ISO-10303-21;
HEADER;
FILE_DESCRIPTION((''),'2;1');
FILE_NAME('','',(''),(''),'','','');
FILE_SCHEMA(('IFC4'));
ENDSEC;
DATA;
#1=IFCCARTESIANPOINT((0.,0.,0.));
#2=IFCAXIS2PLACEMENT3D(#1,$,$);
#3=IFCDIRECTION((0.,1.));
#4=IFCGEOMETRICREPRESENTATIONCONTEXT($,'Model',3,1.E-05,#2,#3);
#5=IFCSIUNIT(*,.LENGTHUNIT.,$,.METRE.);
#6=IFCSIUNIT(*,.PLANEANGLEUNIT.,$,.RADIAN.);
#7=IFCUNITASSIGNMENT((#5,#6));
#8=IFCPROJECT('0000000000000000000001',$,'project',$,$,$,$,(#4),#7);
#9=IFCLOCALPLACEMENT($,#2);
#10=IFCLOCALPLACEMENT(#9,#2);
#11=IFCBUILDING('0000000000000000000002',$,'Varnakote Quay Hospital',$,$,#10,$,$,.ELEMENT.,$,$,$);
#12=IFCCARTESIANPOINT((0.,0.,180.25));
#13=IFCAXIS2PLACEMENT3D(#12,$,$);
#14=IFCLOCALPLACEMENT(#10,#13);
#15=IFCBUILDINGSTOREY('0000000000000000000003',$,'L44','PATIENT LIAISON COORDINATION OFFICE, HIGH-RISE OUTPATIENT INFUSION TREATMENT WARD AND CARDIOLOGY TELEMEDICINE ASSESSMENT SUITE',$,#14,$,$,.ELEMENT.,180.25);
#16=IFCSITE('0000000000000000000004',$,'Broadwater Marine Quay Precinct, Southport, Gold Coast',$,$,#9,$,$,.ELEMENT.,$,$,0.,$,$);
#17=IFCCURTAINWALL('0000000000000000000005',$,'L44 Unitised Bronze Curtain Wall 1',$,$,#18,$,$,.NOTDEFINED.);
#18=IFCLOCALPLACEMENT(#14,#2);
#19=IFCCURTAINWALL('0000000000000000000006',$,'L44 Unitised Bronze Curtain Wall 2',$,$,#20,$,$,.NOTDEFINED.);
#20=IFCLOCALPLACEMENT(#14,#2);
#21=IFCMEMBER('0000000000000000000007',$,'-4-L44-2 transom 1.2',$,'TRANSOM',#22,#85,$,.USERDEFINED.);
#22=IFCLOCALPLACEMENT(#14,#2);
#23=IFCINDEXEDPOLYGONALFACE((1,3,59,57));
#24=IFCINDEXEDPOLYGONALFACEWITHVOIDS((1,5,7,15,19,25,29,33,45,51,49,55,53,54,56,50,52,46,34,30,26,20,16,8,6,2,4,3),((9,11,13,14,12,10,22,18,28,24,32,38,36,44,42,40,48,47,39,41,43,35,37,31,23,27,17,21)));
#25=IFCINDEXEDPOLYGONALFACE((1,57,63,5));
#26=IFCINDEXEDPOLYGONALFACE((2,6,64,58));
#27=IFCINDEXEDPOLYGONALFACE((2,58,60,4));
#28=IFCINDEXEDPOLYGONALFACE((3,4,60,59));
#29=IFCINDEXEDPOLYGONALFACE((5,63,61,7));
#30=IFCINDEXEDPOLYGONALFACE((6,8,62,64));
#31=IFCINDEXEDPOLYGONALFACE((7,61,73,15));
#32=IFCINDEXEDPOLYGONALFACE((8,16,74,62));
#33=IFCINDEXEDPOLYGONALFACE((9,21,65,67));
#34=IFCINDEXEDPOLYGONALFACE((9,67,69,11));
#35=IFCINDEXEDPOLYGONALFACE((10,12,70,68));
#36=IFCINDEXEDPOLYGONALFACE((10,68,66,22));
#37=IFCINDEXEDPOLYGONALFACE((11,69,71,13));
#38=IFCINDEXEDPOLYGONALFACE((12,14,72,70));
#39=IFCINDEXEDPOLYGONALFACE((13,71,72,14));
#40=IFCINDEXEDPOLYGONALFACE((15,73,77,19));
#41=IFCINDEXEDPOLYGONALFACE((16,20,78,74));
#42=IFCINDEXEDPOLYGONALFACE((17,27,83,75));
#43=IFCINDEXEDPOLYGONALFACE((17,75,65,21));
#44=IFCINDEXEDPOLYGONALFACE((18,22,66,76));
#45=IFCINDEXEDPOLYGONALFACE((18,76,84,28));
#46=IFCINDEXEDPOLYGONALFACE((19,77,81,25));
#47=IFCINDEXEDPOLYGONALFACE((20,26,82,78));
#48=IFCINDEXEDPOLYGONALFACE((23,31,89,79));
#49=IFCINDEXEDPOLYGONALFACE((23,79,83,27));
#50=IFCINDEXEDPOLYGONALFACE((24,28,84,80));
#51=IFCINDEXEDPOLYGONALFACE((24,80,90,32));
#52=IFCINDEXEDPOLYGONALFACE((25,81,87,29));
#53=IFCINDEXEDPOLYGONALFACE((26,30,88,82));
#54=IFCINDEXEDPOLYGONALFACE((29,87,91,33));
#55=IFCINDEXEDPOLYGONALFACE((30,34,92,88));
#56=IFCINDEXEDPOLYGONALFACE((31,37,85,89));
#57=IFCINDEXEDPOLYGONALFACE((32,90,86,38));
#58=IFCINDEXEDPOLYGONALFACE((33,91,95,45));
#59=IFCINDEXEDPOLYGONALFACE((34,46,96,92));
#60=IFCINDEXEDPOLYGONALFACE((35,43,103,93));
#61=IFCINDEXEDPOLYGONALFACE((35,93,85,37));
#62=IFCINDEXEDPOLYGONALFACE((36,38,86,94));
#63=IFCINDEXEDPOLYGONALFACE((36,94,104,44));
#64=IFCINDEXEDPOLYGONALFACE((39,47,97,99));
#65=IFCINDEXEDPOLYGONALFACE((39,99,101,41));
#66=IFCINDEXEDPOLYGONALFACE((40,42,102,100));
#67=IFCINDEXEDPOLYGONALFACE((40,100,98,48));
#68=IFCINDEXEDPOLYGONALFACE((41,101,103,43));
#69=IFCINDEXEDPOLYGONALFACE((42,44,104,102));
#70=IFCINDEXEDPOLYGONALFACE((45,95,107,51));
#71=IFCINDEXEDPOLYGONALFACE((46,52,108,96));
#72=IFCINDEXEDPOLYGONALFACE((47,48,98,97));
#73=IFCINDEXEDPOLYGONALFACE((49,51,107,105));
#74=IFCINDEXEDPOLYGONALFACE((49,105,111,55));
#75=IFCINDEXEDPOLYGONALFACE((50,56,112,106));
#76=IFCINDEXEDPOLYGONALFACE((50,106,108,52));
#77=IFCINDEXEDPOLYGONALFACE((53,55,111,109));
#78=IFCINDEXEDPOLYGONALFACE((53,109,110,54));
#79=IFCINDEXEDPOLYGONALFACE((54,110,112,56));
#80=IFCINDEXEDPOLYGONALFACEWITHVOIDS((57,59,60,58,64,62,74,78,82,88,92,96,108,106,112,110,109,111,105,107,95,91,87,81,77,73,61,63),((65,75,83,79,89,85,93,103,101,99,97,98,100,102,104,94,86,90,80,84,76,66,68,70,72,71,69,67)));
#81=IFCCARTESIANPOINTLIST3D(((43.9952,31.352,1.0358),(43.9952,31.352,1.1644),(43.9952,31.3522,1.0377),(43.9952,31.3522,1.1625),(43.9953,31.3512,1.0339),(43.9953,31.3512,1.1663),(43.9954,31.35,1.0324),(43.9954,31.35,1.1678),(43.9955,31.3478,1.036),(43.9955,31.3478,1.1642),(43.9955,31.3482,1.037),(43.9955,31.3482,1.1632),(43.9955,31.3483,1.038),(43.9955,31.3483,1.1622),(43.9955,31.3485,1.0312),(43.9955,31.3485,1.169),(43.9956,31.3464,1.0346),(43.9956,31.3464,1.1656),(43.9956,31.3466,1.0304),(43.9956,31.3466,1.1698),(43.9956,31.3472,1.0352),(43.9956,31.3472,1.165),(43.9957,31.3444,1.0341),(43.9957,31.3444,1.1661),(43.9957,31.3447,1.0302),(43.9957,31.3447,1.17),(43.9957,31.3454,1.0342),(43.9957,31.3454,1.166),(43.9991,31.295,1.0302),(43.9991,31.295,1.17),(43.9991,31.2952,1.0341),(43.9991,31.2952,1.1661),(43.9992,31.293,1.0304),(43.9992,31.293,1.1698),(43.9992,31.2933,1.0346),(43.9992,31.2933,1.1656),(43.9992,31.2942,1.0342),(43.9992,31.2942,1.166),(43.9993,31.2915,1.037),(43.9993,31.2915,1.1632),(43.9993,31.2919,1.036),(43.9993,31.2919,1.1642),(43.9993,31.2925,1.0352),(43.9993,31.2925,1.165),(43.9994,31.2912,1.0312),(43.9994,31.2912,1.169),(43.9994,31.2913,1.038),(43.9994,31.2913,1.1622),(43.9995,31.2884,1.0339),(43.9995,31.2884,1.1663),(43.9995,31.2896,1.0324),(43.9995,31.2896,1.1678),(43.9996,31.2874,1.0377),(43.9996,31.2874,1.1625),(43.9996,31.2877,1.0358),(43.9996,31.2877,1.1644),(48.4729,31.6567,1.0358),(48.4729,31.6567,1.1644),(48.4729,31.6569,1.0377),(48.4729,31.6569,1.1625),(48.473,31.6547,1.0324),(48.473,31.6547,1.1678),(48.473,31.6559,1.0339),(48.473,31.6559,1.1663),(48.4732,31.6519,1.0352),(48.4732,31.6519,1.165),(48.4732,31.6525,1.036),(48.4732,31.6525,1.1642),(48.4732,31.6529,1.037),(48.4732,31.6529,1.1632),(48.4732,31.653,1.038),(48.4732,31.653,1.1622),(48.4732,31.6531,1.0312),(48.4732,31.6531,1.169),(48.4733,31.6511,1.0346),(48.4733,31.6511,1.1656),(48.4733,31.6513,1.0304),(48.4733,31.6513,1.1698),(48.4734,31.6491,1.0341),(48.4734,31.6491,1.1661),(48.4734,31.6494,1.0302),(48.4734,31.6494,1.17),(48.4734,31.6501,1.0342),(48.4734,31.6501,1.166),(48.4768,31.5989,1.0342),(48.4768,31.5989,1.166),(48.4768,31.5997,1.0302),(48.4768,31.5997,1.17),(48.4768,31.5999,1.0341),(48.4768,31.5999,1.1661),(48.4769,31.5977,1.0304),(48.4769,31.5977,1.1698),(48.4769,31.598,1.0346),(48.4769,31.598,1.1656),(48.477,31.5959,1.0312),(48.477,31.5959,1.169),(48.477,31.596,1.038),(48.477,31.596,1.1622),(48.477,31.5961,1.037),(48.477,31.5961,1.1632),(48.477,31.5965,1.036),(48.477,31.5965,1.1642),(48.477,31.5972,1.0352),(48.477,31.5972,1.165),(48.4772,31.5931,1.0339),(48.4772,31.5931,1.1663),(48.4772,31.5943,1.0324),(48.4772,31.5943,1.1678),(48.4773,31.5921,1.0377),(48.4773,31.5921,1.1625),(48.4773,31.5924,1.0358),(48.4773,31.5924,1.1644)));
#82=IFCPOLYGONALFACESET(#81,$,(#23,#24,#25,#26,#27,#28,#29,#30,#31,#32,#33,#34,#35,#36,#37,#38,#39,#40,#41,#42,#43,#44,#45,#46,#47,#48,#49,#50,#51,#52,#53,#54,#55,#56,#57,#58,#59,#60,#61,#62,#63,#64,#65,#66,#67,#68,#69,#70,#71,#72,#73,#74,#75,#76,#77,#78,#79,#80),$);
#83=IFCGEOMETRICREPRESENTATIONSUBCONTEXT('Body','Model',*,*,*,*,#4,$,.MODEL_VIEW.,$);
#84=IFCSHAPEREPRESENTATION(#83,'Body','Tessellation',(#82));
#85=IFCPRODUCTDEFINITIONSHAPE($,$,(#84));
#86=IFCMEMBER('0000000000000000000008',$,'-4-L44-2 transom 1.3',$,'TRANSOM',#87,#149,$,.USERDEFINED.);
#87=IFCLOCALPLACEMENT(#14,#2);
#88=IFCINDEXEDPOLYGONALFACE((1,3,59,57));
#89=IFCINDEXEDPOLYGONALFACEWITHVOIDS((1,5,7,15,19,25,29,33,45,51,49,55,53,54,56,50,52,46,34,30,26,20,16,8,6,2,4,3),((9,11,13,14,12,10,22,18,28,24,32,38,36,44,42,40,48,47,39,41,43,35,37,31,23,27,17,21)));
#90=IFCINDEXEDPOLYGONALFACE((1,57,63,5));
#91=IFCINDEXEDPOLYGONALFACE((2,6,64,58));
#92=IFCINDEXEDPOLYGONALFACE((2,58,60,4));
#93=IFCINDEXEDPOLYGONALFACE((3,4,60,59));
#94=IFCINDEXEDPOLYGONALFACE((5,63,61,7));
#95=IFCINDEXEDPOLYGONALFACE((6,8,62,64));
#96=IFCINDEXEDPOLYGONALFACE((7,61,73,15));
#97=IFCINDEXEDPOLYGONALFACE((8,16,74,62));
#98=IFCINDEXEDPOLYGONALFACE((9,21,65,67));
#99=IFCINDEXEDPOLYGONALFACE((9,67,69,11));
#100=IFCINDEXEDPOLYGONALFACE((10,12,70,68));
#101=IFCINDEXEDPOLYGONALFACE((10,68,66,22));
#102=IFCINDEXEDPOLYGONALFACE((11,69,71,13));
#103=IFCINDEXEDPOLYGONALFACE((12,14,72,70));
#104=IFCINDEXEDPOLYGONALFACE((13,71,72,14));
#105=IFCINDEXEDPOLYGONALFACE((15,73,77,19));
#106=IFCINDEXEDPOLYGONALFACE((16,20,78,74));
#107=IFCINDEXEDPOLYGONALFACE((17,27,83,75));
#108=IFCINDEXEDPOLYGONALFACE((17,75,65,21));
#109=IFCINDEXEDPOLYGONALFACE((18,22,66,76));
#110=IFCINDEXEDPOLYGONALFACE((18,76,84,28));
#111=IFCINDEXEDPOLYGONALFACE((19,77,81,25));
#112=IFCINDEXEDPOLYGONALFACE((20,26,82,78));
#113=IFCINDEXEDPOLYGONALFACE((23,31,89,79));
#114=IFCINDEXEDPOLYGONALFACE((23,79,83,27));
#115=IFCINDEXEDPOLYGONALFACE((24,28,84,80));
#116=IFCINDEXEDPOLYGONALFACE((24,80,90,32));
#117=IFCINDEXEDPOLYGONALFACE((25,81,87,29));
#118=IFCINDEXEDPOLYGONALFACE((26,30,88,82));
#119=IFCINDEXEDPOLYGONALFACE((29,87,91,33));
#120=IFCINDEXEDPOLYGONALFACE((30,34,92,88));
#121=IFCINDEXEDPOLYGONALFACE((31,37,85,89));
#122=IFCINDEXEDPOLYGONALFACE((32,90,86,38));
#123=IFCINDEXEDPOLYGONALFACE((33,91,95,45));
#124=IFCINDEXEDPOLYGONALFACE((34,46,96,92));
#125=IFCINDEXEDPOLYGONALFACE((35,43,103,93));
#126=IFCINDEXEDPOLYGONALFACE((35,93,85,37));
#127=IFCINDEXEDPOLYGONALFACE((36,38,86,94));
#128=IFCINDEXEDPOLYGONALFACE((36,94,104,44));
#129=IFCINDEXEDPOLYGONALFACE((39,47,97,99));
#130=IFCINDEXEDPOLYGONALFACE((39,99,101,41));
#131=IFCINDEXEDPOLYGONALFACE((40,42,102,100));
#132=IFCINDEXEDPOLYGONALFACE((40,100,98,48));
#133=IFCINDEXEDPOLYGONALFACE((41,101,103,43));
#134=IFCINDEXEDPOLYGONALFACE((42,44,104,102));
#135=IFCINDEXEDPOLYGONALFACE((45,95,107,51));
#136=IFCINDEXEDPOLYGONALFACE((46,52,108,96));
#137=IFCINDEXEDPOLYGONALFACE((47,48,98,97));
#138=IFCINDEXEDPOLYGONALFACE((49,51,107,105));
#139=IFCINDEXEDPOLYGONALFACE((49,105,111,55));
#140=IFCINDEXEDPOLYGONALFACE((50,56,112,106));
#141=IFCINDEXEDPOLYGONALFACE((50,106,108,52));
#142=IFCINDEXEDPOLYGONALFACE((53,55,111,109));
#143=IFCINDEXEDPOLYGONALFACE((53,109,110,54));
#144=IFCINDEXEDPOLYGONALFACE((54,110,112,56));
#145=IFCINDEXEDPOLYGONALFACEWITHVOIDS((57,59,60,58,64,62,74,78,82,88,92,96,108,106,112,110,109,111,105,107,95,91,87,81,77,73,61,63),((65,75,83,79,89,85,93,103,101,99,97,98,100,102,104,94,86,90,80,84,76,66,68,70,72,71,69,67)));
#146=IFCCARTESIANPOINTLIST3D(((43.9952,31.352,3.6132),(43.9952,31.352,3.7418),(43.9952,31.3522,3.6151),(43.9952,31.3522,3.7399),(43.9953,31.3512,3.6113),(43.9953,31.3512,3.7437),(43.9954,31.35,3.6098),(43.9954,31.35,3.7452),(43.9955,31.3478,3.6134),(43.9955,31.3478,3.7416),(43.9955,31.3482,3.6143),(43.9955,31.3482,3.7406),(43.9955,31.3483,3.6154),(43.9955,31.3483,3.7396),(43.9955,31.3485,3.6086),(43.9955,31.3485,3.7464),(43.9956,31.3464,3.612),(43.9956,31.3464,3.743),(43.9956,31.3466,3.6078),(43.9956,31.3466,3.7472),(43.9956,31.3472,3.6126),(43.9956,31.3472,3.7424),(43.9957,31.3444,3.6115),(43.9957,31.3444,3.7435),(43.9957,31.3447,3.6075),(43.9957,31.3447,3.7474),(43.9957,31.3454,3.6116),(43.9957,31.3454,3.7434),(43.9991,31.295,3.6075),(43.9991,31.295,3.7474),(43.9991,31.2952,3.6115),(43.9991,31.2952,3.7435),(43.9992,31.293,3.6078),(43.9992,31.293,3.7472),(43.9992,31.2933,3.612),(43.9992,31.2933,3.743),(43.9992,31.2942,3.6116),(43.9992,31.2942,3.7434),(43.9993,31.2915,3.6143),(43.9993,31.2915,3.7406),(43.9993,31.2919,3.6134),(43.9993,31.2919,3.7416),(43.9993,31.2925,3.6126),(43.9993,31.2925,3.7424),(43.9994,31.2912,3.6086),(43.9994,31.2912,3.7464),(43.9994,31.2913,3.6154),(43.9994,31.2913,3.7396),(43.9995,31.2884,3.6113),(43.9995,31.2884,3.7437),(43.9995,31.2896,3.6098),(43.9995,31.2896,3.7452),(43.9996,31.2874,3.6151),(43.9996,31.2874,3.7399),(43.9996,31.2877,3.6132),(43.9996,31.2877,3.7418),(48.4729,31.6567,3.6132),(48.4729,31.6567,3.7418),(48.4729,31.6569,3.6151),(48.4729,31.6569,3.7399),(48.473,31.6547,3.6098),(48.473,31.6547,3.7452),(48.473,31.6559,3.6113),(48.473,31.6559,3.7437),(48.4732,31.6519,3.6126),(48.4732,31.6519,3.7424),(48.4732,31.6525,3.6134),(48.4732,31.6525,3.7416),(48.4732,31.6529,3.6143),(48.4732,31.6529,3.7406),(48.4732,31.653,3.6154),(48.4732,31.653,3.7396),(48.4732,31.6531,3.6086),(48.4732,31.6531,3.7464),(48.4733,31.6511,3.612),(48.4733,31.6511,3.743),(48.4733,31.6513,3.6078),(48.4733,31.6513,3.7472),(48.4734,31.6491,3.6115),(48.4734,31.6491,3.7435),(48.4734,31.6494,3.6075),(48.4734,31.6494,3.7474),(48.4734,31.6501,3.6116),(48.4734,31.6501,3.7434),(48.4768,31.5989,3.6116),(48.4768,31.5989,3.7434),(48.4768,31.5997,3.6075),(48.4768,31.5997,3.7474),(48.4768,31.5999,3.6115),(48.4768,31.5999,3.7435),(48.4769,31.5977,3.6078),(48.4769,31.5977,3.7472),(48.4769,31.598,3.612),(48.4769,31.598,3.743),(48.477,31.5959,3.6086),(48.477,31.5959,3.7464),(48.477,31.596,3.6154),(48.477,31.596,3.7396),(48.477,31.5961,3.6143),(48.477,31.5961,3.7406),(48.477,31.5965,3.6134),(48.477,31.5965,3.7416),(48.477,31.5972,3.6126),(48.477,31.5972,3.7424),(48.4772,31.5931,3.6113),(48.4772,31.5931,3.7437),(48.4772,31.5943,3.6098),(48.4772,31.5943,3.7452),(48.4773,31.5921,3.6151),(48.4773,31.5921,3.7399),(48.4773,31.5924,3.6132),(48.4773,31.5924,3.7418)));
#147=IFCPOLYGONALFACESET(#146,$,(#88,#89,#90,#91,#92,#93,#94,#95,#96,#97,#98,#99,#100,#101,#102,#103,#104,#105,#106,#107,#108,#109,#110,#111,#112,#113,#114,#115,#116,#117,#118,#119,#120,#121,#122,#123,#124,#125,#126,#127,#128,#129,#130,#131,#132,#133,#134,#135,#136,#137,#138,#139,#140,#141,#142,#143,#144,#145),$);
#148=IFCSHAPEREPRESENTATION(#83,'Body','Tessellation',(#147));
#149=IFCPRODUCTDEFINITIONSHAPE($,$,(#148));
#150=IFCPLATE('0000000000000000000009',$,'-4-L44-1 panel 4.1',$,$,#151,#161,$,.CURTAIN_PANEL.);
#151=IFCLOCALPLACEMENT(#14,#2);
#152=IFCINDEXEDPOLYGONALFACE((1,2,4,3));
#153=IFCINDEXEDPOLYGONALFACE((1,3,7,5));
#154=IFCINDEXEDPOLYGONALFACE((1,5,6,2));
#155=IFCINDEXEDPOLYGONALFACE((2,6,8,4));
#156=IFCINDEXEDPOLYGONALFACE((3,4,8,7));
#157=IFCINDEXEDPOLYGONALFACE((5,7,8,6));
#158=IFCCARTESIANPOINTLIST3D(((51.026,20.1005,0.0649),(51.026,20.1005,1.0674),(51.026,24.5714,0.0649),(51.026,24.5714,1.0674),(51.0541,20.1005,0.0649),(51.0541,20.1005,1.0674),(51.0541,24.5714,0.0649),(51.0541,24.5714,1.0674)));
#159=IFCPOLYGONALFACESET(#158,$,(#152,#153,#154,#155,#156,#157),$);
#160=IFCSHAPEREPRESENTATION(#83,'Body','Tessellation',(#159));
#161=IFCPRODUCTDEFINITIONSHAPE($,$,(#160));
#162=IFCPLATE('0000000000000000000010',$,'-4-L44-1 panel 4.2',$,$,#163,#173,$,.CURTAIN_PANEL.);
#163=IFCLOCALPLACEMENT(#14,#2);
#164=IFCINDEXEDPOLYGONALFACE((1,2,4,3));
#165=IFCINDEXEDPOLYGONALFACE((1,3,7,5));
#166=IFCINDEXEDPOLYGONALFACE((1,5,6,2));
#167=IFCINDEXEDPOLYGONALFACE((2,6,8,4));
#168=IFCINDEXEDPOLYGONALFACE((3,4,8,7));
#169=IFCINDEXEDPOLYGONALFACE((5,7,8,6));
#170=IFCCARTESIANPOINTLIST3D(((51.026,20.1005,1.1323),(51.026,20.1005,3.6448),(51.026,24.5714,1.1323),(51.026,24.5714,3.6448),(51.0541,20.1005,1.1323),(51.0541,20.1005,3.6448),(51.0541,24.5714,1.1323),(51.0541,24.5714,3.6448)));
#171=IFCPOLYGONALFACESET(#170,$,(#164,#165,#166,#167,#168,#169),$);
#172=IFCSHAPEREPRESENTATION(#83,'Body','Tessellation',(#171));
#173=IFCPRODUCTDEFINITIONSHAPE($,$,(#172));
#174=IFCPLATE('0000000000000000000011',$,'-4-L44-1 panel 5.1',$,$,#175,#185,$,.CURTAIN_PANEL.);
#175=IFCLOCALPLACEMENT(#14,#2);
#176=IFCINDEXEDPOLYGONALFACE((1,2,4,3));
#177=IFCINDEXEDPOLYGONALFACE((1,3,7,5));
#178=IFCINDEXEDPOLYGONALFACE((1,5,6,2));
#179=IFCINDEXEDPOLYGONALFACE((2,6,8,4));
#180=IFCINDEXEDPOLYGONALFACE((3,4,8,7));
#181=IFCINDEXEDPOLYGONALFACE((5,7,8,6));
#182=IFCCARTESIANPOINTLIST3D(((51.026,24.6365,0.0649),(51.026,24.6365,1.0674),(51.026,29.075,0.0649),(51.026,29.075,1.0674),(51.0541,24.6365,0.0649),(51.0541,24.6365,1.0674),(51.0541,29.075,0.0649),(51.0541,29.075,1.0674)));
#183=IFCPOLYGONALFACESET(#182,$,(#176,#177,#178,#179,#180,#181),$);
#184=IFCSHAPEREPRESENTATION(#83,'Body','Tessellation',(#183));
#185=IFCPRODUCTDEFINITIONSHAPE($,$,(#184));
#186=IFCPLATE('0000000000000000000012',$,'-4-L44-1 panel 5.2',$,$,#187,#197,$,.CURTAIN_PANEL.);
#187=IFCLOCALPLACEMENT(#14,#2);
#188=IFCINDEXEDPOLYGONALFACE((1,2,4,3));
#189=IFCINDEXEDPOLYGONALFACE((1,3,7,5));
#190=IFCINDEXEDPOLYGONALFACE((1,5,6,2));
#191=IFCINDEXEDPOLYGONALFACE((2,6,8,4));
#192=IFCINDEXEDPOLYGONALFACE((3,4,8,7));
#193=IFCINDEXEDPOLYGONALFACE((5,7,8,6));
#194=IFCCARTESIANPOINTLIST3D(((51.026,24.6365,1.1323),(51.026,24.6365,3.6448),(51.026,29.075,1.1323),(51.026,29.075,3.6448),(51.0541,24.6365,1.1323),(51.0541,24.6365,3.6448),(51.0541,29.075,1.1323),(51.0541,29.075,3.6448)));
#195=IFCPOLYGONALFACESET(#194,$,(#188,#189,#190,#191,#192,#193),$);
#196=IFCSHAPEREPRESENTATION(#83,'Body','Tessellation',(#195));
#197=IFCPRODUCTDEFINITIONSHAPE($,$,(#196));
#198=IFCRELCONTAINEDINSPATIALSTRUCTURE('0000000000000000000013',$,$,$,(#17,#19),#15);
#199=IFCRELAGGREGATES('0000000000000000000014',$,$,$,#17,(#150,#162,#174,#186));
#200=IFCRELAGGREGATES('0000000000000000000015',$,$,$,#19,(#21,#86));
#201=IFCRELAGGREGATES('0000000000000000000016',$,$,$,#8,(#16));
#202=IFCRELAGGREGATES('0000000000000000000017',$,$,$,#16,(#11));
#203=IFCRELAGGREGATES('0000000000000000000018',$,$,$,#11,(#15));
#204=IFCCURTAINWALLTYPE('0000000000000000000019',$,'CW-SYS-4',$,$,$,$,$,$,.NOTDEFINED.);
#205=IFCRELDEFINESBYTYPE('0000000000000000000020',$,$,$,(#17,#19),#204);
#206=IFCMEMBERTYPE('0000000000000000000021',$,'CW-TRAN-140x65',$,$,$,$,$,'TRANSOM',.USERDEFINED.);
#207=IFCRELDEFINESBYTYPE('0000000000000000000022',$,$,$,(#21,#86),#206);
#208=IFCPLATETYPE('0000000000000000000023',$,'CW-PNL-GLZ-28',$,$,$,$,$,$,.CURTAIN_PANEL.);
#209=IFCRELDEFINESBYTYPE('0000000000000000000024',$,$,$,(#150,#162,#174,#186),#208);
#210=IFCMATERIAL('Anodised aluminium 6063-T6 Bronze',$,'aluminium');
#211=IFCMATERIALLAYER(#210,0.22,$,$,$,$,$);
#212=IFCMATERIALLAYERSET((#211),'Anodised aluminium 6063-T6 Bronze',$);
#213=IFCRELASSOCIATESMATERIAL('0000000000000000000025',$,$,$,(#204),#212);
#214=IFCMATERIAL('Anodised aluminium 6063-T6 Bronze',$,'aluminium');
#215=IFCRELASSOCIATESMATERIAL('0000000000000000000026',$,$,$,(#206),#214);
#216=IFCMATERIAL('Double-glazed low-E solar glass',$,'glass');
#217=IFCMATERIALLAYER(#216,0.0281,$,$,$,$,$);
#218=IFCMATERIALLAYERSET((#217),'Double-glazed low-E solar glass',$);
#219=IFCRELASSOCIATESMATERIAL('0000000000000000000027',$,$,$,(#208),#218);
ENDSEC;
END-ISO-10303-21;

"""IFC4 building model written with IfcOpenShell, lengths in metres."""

from ifc_helpers import new_model, si_unit, direction, frame, origin, origin_2d, place, context, subcontext, project, spatial, rectangle, hollow_rectangle, extrude, material, layer, layer_set, material_profile, profile_set, type_object, element, aggregate, save


model = new_model("IFC4")

# Units and contexts
model_context = context("Model", 3, precision=1e-05, world=origin(), true_north=direction((0.0, 1.0)))
body_context = subcontext(model_context, "Body", "Model", "MODEL_VIEW")
ifc_project = project(units=[si_unit("LENGTHUNIT", "METRE"), si_unit("PLANEANGLEUNIT", "RADIAN")], contexts=[model_context])

# Site, building, storey
site_placement = place(None, origin())
site = spatial("IfcSite", under=ifc_project, at=site_placement, Name="Broadwater Marine Quay Precinct, Southport, Gold Coast", CompositionType="ELEMENT", RefElevation=0.0)
building_placement = place(site_placement, origin())
building = spatial("IfcBuilding", under=site, at=building_placement, Name="Varnakote Quay Hospital", CompositionType="ELEMENT")
storey_placement = place(building_placement, frame((0.0, 0.0, 180.25)))
storey = spatial("IfcBuildingStorey", under=building, at=storey_placement, Name="L44", Description="PATIENT LIAISON COORDINATION OFFICE, HIGH-RISE OUTPATIENT INFUSION TREATMENT WARD AND CARDIOLOGY TELEMEDICINE ASSESSMENT SUITE", CompositionType="ELEMENT", Elevation=180.25)

# Curtain walls
ifc_material_1 = material(Name="Anodised aluminium 6063-T6 Bronze", Category="aluminium")
ifc_layer_1 = layer(ifc_material_1, 0.22)
ifc_layer_set_1 = layer_set([ifc_layer_1], Name="Anodised aluminium 6063-T6 Bronze")
curtain_wall_type = type_object("IfcCurtainWallType", Name="CW-SYS-4", PredefinedType="NOTDEFINED", material=ifc_layer_set_1)
curtain_wall_1_placement = place(storey_placement, origin())
curtain_wall_1 = element("IfcCurtainWall", 1, at=curtain_wall_1_placement, inside=storey, type_object=curtain_wall_type, Name="L44 Unitised Bronze Curtain Wall 1", PredefinedType="NOTDEFINED")
curtain_wall_2_placement = place(storey_placement, origin())
curtain_wall_2 = element("IfcCurtainWall", 2, at=curtain_wall_2_placement, inside=storey, type_object=curtain_wall_type, Name="L44 Unitised Bronze Curtain Wall 2", PredefinedType="NOTDEFINED")

# Members
ifc_material_2 = material(Name="Anodised aluminium 6063-T6 Bronze", Category="aluminium")
ifc_material_profile_1 = material_profile(ifc_material_2, hollow_rectangle(XDim=0.0649, YDim=0.1399, WallThickness=0.0039, InnerFilletRadius=0.0039, OuterFilletRadius=0.0076, at=origin_2d()), Name="CW-TRAN-140x65")
ifc_profile_set_1 = profile_set([ifc_material_profile_1], Name="Anodised aluminium 6063-T6 Bronze")
member_type_1 = type_object("IfcMemberType", Name="CW-TRAN-140x65", ElementType="TRANSOM", PredefinedType="USERDEFINED", material=ifc_profile_set_1)
member_1_placement = place(storey_placement, frame((48.4751, 31.6245, 1.1001), z_axis=(-0.997693, -0.067887, 0.0), x_axis=(0.067887, -0.997693, 0.0)))
member_1 = element("IfcMember", 3, at=member_1_placement, type_object=member_type_1, Name="-4-L44-2 transom 1.2", ObjectType="TRANSOM", PredefinedType="USERDEFINED", context=body_context, shape_type="SweptSolid", body=[
    extrude(hollow_rectangle(XDim=0.0649, YDim=0.1399, WallThickness=0.0039, InnerFilletRadius=0.0039, OuterFilletRadius=0.0076, at=origin_2d()), origin(), (0.0, 0.0, 1.0), 4.488),
])
member_2_placement = place(storey_placement, frame((48.4751, 31.6245, 3.6775), z_axis=(-0.997693, -0.067887, 0.0), x_axis=(0.067887, -0.997693, 0.0)))
member_2 = element("IfcMember", 4, at=member_2_placement, type_object=member_type_1, Name="-4-L44-2 transom 1.3", ObjectType="TRANSOM", PredefinedType="USERDEFINED", context=body_context, shape_type="SweptSolid", body=[
    extrude(hollow_rectangle(XDim=0.0649, YDim=0.1399, WallThickness=0.0039, InnerFilletRadius=0.0039, OuterFilletRadius=0.0076, at=origin_2d()), origin(), (0.0, 0.0, 1.0), 4.488),
])

# Plates
ifc_material_3 = material(Name="Double-glazed low-E solar glass", Category="glass")
ifc_layer_2 = layer(ifc_material_3, 0.0281)
ifc_layer_set_2 = layer_set([ifc_layer_2], Name="Double-glazed low-E solar glass")
plate_type = type_object("IfcPlateType", Name="CW-PNL-GLZ-28", PredefinedType="CURTAIN_PANEL", material=ifc_layer_set_2)
plate_1_placement = place(storey_placement, frame((51.04, 22.3359, 0.0649), z_axis=(0.0, 0.0, 1.0), x_axis=(0.0, 1.0, 0.0)))
plate_1 = element("IfcPlate", 5, at=plate_1_placement, type_object=plate_type, Name="-4-L44-1 panel 4.1", PredefinedType="CURTAIN_PANEL", context=body_context, shape_type="SweptSolid", body=[
    extrude(rectangle(XDim=4.4709, YDim=0.0281, at=origin_2d()), origin(), (0.0, 0.0, 1.0), 1.0024),
])
plate_2_placement = place(storey_placement, frame((51.04, 22.3359, 1.1323), z_axis=(0.0, 0.0, 1.0), x_axis=(0.0, 1.0, 0.0)))
plate_2 = element("IfcPlate", 6, at=plate_2_placement, type_object=plate_type, Name="-4-L44-1 panel 4.2", PredefinedType="CURTAIN_PANEL", context=body_context, shape_type="SweptSolid", body=[
    extrude(rectangle(XDim=4.4709, YDim=0.0281, at=origin_2d()), origin(), (0.0, 0.0, 1.0), 2.5125),
])
plate_3_placement = place(storey_placement, frame((51.04, 26.8557, 0.0649), z_axis=(0.0, 0.0, 1.0), x_axis=(0.0, 1.0, 0.0)))
plate_3 = element("IfcPlate", 7, at=plate_3_placement, type_object=plate_type, Name="-4-L44-1 panel 5.1", PredefinedType="CURTAIN_PANEL", context=body_context, shape_type="SweptSolid", body=[
    extrude(rectangle(XDim=4.4385, YDim=0.0281, at=origin_2d()), origin(), (0.0, 0.0, 1.0), 1.0024),
])
plate_4_placement = place(storey_placement, frame((51.04, 26.8557, 1.1323), z_axis=(0.0, 0.0, 1.0), x_axis=(0.0, 1.0, 0.0)))
plate_4 = element("IfcPlate", 8, at=plate_4_placement, type_object=plate_type, Name="-4-L44-1 panel 5.2", PredefinedType="CURTAIN_PANEL", context=body_context, shape_type="SweptSolid", body=[
    extrude(rectangle(XDim=4.4385, YDim=0.0281, at=origin_2d()), origin(), (0.0, 0.0, 1.0), 2.5125),
])
aggregate(curtain_wall_1, [plate_1, plate_2, plate_3, plate_4])
aggregate(curtain_wall_2, [member_1, member_2])

save(model, "model.ifc")
